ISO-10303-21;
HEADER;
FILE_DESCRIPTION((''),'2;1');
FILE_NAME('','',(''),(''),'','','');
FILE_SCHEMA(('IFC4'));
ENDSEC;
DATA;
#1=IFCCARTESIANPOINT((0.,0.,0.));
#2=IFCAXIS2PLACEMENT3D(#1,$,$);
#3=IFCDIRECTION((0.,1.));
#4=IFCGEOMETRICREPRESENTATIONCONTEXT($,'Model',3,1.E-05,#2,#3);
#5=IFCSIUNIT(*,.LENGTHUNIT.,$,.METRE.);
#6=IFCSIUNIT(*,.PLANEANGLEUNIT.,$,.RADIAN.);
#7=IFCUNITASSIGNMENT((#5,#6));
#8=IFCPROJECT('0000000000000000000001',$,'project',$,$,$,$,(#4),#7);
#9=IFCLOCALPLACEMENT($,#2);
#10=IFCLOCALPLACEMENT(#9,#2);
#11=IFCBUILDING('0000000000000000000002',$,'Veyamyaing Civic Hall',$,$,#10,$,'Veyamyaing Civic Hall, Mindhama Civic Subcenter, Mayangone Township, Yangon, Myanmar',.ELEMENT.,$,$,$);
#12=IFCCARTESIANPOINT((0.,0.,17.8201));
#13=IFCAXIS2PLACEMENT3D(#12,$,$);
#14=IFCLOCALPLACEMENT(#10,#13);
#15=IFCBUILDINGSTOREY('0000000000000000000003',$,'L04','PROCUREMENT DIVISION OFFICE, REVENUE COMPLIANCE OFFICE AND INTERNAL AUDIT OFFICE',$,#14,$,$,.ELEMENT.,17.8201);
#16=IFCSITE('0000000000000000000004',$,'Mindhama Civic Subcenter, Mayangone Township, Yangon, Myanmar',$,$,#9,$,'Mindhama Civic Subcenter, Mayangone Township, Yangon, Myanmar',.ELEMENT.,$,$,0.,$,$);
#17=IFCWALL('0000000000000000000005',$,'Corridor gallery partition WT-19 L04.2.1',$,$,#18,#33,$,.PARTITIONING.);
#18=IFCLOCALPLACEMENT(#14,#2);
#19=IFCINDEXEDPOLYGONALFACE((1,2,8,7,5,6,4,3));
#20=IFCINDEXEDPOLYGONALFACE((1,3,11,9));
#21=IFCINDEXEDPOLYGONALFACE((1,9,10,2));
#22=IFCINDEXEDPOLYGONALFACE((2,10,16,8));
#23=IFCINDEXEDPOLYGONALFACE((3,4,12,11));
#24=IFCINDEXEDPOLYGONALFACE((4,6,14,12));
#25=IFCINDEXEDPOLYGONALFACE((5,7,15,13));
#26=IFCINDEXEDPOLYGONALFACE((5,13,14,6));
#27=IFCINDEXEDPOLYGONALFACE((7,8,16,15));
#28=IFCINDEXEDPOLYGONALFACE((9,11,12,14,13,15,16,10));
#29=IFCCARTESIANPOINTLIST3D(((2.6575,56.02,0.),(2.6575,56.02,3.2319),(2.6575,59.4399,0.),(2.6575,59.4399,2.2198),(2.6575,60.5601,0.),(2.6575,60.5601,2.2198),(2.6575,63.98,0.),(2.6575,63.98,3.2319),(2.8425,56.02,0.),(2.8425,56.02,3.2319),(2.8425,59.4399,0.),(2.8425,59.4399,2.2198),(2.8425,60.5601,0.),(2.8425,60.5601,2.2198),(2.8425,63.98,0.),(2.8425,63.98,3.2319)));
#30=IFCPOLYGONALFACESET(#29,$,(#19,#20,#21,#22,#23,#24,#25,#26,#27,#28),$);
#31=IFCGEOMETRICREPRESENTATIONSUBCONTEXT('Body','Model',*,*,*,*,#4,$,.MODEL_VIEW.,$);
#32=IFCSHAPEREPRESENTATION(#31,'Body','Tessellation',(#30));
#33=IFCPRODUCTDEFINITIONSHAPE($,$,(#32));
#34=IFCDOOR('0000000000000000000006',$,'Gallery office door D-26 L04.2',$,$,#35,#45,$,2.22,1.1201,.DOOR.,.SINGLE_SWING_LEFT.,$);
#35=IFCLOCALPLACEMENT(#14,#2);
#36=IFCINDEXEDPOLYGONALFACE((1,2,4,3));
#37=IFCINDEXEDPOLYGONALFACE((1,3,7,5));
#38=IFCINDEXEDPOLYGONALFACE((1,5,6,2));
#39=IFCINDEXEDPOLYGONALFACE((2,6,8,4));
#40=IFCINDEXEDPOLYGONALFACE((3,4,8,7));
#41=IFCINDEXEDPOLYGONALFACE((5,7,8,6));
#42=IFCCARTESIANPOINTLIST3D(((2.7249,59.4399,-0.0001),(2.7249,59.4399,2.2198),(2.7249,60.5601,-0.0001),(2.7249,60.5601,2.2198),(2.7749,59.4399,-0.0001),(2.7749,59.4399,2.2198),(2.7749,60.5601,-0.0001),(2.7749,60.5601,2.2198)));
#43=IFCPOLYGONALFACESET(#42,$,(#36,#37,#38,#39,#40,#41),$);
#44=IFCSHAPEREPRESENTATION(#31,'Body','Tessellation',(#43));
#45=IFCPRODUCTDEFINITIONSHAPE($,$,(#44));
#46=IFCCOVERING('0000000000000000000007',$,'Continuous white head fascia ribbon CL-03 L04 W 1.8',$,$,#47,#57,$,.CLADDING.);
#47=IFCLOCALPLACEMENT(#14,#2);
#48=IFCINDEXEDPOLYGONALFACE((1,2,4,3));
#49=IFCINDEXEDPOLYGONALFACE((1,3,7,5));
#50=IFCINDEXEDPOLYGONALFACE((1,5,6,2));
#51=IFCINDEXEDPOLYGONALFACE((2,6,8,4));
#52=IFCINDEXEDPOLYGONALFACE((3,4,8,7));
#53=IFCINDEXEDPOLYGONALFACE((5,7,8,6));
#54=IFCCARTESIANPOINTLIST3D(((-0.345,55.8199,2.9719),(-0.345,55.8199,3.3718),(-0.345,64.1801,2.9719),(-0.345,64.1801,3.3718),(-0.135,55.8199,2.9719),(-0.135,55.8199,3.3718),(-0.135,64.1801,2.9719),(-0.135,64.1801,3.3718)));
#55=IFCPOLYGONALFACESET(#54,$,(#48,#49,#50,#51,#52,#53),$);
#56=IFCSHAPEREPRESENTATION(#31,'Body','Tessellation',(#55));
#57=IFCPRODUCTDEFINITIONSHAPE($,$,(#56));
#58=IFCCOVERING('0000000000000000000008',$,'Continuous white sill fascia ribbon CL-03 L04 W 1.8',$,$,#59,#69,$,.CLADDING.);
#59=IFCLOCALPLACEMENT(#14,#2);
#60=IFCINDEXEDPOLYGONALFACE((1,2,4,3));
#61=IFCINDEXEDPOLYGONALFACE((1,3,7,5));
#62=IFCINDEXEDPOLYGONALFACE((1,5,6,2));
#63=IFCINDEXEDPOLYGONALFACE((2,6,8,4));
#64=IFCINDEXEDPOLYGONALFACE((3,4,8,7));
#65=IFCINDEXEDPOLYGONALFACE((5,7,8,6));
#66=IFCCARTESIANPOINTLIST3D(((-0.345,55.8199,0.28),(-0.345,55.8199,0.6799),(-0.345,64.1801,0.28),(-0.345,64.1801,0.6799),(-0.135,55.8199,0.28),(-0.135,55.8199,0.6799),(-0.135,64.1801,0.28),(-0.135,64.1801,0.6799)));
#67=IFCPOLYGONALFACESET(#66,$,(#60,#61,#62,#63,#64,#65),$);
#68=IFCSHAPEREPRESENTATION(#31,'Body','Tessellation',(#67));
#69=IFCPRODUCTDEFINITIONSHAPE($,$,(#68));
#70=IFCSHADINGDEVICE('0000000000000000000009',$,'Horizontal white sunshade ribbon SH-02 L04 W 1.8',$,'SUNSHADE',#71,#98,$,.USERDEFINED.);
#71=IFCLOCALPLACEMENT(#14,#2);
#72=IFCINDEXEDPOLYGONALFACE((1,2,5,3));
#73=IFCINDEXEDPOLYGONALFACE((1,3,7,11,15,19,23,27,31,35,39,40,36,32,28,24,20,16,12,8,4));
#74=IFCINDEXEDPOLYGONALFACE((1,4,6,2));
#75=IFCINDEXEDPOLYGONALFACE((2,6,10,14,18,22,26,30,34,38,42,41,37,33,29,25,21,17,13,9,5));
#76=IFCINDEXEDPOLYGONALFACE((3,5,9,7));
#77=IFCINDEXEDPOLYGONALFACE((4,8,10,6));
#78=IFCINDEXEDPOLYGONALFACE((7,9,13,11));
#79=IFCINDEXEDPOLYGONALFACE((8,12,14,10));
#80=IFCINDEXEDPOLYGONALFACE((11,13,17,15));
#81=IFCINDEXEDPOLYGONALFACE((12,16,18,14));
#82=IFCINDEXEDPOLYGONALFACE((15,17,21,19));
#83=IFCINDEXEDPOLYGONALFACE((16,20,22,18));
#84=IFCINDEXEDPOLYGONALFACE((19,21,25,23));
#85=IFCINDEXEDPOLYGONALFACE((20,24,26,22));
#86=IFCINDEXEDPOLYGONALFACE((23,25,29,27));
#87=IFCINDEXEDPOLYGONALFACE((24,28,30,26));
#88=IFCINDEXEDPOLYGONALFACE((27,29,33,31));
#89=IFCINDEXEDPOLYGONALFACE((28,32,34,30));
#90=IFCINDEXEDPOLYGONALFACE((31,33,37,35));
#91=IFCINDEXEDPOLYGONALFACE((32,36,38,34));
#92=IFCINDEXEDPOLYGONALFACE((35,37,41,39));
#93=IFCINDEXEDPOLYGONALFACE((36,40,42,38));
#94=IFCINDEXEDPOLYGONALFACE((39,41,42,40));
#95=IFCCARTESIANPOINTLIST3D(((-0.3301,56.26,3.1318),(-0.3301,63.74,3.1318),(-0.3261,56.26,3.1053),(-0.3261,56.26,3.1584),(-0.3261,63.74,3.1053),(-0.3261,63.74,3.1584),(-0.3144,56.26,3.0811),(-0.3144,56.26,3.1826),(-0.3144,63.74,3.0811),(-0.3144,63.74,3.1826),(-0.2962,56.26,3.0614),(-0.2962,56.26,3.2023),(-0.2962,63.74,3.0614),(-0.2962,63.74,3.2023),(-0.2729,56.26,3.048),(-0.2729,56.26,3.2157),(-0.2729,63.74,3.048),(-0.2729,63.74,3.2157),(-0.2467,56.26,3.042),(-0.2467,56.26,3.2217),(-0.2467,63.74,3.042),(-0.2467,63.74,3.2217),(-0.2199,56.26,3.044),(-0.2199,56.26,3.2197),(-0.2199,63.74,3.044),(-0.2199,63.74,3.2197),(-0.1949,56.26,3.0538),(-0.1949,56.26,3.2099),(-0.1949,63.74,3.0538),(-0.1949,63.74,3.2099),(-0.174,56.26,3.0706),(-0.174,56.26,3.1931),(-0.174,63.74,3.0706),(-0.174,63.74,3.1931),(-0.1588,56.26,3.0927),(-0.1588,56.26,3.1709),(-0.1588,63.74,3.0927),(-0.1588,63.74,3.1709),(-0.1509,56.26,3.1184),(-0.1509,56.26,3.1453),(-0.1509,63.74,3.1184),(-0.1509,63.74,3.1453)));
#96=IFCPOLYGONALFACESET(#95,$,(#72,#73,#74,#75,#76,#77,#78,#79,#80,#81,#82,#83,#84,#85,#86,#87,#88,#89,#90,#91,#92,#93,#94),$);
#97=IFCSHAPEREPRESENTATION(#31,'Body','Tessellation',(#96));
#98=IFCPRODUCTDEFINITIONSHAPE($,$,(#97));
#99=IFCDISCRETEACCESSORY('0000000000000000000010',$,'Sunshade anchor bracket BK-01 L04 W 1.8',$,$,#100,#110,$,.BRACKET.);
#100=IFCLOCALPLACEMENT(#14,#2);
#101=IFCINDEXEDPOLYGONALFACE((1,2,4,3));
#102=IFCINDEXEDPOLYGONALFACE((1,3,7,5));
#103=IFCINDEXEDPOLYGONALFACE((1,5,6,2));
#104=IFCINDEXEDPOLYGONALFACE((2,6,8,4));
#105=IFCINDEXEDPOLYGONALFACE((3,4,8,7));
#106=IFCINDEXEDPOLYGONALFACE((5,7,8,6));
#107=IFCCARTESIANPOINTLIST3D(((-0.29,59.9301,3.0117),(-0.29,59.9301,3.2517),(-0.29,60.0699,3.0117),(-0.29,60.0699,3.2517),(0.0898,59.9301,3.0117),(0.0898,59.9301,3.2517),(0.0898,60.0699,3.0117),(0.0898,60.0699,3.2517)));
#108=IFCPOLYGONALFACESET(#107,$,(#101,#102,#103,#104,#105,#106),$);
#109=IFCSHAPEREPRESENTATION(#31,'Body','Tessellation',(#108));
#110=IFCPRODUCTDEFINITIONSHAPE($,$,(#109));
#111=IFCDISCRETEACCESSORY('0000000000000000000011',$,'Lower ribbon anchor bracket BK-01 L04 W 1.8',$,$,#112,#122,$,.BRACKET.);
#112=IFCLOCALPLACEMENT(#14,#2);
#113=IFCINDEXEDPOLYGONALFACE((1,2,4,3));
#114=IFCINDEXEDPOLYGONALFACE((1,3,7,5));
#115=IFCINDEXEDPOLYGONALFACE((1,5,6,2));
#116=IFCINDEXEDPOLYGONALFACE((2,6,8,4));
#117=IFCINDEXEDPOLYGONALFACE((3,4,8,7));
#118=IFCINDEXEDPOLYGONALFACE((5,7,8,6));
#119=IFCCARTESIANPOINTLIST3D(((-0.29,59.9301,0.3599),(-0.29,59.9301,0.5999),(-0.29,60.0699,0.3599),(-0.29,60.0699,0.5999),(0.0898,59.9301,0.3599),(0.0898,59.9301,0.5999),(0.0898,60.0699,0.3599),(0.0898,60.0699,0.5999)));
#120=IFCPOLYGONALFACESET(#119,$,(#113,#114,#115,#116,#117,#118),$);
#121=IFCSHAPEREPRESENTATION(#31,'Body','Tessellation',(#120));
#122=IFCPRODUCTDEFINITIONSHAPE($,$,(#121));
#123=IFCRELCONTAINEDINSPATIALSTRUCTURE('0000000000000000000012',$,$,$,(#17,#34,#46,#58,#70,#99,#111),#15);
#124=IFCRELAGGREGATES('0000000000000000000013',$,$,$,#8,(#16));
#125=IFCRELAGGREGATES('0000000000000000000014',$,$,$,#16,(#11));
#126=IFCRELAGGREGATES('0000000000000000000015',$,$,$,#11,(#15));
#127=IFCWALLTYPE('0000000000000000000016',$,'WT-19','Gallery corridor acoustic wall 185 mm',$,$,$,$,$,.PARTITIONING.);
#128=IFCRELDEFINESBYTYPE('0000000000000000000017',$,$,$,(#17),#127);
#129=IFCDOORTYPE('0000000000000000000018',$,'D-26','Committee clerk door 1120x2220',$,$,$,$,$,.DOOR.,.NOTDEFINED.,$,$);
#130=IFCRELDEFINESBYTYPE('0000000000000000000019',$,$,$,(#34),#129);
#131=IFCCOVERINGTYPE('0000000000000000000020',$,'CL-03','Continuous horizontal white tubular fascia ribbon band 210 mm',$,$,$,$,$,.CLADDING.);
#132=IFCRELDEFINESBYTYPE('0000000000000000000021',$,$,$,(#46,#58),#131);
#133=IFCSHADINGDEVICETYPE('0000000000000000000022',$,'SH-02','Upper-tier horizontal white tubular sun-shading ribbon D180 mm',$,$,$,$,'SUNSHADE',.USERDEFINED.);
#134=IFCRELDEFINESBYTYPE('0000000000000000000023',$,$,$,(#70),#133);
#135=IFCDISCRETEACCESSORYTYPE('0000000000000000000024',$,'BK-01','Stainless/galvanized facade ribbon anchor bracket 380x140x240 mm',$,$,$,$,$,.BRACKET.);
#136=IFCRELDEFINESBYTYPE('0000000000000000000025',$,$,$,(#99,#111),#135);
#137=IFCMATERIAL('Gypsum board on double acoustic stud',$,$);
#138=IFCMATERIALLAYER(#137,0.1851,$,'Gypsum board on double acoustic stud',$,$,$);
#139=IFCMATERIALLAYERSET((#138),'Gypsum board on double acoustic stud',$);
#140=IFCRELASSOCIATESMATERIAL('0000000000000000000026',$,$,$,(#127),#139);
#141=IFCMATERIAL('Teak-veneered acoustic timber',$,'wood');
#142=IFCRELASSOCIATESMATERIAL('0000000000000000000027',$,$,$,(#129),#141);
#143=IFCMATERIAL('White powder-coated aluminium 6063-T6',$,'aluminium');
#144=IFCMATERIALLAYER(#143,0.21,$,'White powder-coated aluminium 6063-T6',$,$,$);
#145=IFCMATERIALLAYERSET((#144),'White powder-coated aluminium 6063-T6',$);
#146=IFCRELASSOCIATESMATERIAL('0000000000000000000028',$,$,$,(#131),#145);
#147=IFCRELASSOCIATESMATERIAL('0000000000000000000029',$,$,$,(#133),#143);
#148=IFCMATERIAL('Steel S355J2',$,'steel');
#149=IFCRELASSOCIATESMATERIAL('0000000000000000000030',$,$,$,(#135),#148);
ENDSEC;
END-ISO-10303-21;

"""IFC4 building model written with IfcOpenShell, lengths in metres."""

from ifc_helpers import new_model, si_unit, direction, frame, frame_2d, origin, origin_2d, place, context, subcontext, project, spatial, rectangle, circle, extrude, material, layer, layer_set, material_profile, profile_set, type_object, element, fill, save


model = new_model("IFC4")

# Units and contexts
model_context = context("Model", 3, precision=1e-05, world=origin(), true_north=direction((0.0, 1.0)))
body_context = subcontext(model_context, "Body", "Model", "MODEL_VIEW")
ifc_project = project(units=[si_unit("LENGTHUNIT", "METRE"), si_unit("PLANEANGLEUNIT", "RADIAN")], contexts=[model_context])

# Site, building, storey
site_placement = place(None, origin())
site = spatial("IfcSite", under=ifc_project, at=site_placement, Name="Mindhama Civic Subcenter, Mayangone Township, Yangon, Myanmar", LongName="Mindhama Civic Subcenter, Mayangone Township, Yangon, Myanmar", CompositionType="ELEMENT", RefElevation=0.0)
building_placement = place(site_placement, origin())
building = spatial("IfcBuilding", under=site, at=building_placement, Name="Veyamyaing Civic Hall", LongName="Veyamyaing Civic Hall, Mindhama Civic Subcenter, Mayangone Township, Yangon, Myanmar", CompositionType="ELEMENT")
storey_placement = place(building_placement, frame((0.0, 0.0, 17.8201)))
storey = spatial("IfcBuildingStorey", under=building, at=storey_placement, Name="L04", Description="PROCUREMENT DIVISION OFFICE, REVENUE COMPLIANCE OFFICE AND INTERNAL AUDIT OFFICE", CompositionType="ELEMENT", Elevation=17.8201)

# Wall, opening, door
ifc_material_1 = material(Name="Gypsum board on double acoustic stud")
ifc_layer_1 = layer(ifc_material_1, 0.1851, Name="Gypsum board on double acoustic stud")
ifc_layer_set_1 = layer_set([ifc_layer_1], Name="Gypsum board on double acoustic stud")
wall_type = type_object("IfcWallType", Name="WT-19", Description="Gallery corridor acoustic wall 185 mm", PredefinedType="PARTITIONING", material=ifc_layer_set_1)
wall_placement = place(storey_placement, frame((2.75, 56.02, 0.0), z_axis=(0.0, 0.0, 1.0), x_axis=(0.0, 1.0, 0.0)))
wall = element("IfcWall", 1, at=wall_placement, inside=storey, type_object=wall_type, Name="Corridor gallery partition WT-19 L04.2.1", PredefinedType="PARTITIONING", context=body_context, shape_type="SweptSolid", body=[
    extrude(rectangle(XDim=7.96, YDim=0.1851, at=frame_2d((3.98, 0.0))), origin(), (0.0, 0.0, 1.0), 3.2319),
])
opening_placement = place(wall_placement, frame((3.4199, 0.0, 0.0)))
opening = element("IfcOpeningElement", 2, at=opening_placement, cuts=wall, PredefinedType="OPENING", context=body_context, shape_type="SweptSolid", body=[
    extrude(rectangle(XDim=1.1201, YDim=2.22, at=frame_2d((0.5601, 1.1099))), frame((0.0, 0.1025, 0.0), z_axis=(0.0, -1.0, 0.0), x_axis=(1.0, 0.0, 0.0)), (0.0, 0.0, 1.0), 0.2051),
])
ifc_material_2 = material(Name="Teak-veneered acoustic timber", Category="wood")
door_type = type_object("IfcDoorType", Name="D-26", Description="Committee clerk door 1120x2220", OperationType="NOTDEFINED", PredefinedType="DOOR", material=ifc_material_2)
door_placement = place(opening_placement, frame((1.1201, 0.0, 0.0), z_axis=(0.0, 0.0, 1.0), x_axis=(-1.0, 0.0, 0.0)))
door = element("IfcDoor", 3, at=door_placement, inside=storey, type_object=door_type, Name="Gallery office door D-26 L04.2", OperationType="SINGLE_SWING_LEFT", OverallHeight=2.22, OverallWidth=1.1201, PredefinedType="DOOR", context=body_context, shape_type="SweptSolid", body=[
    extrude(rectangle(XDim=1.1201, YDim=2.22, at=frame_2d((0.5601, 1.1099))), frame((0.0, 0.0249, 0.0), z_axis=(0.0, -1.0, 0.0), x_axis=(1.0, 0.0, 0.0)), (0.0, 0.0, 1.0), 0.05),
])
fill(opening, door)

# Coverings
ifc_material_3 = material(Name="White powder-coated aluminium 6063-T6", Category="aluminium")
ifc_layer_2 = layer(ifc_material_3, 0.21, Name="White powder-coated aluminium 6063-T6")
ifc_layer_set_2 = layer_set([ifc_layer_2], Name="White powder-coated aluminium 6063-T6")
covering_type = type_object("IfcCoveringType", Name="CL-03", Description="Continuous horizontal white tubular fascia ribbon band 210 mm", PredefinedType="CLADDING", material=ifc_layer_set_2)
for number, where, z_axis, x_axis, name in (
    (4, (-0.24, 60.0, 2.9719), (0.0, 0.0, 1.0), (0.0, 1.0, 0.0), "Continuous white head fascia ribbon CL-03 L04 W 1.8"),
    (5, (-0.24, 60.0, 0.28), (0.0, 0.0, 1.0), (0.0, 1.0, 0.0), "Continuous white sill fascia ribbon CL-03 L04 W 1.8"),
):
    element("IfcCovering", number, at=place(storey_placement, frame(where, z_axis=z_axis, x_axis=x_axis)), inside=storey, type_object=covering_type, Name=name, PredefinedType="CLADDING", context=body_context, shape_type="SweptSolid", body=[
        extrude(rectangle(XDim=8.3601, YDim=0.21, at=origin_2d()), origin(), (0.0, 0.0, 1.0), 0.3999),
    ])

# Shading device
ifc_material_profile_1 = material_profile(ifc_material_3, circle(Radius=0.0901, at=origin_2d()), Name="SHADE-TUBE-180")
ifc_profile_set_1 = profile_set([ifc_material_profile_1], Name="White powder-coated aluminium 6063-T6")
shading_device_type = type_object("IfcShadingDeviceType", Name="SH-02", Description="Upper-tier horizontal white tubular sun-shading ribbon D180 mm", ElementType="SUNSHADE", PredefinedType="USERDEFINED", material=ifc_profile_set_1)
shading_device_placement = place(storey_placement, frame((-0.24, 56.26, 3.1318), z_axis=(0.0, 1.0, 0.0), x_axis=(-1.0, 0.0, 0.0)))
element("IfcShadingDevice", 6, at=shading_device_placement, inside=storey, type_object=shading_device_type, Name="Horizontal white sunshade ribbon SH-02 L04 W 1.8", ObjectType="SUNSHADE", PredefinedType="USERDEFINED", context=body_context, shape_type="SweptSolid", body=[
    extrude(circle(Radius=0.0901, at=origin_2d()), origin(), (0.0, 0.0, 1.0), 7.48),
])

# Discrete accessories
ifc_material_4 = material(Name="Steel S355J2", Category="steel")
discrete_accessory_type = type_object("IfcDiscreteAccessoryType", Name="BK-01", Description="Stainless/galvanized facade ribbon anchor bracket 380x140x240 mm", PredefinedType="BRACKET", material=ifc_material_4)
for number, where, z_axis, x_axis, name in (
    (7, (-0.1001, 60.0, 3.0117), (0.0, 0.0, 1.0), (-1.0, 0.0, 0.0), "Sunshade anchor bracket BK-01 L04 W 1.8"),
    (8, (-0.1001, 60.0, 0.3599), (0.0, 0.0, 1.0), (-1.0, 0.0, 0.0), "Lower ribbon anchor bracket BK-01 L04 W 1.8"),
):
    element("IfcDiscreteAccessory", number, at=place(storey_placement, frame(where, z_axis=z_axis, x_axis=x_axis)), inside=storey, type_object=discrete_accessory_type, Name=name, PredefinedType="BRACKET", context=body_context, shape_type="SweptSolid", body=[
        extrude(rectangle(XDim=0.3799, YDim=0.1399, at=origin_2d()), origin(), (0.0, 0.0, 1.0), 0.24),
    ])

save(model, "model.ifc")
